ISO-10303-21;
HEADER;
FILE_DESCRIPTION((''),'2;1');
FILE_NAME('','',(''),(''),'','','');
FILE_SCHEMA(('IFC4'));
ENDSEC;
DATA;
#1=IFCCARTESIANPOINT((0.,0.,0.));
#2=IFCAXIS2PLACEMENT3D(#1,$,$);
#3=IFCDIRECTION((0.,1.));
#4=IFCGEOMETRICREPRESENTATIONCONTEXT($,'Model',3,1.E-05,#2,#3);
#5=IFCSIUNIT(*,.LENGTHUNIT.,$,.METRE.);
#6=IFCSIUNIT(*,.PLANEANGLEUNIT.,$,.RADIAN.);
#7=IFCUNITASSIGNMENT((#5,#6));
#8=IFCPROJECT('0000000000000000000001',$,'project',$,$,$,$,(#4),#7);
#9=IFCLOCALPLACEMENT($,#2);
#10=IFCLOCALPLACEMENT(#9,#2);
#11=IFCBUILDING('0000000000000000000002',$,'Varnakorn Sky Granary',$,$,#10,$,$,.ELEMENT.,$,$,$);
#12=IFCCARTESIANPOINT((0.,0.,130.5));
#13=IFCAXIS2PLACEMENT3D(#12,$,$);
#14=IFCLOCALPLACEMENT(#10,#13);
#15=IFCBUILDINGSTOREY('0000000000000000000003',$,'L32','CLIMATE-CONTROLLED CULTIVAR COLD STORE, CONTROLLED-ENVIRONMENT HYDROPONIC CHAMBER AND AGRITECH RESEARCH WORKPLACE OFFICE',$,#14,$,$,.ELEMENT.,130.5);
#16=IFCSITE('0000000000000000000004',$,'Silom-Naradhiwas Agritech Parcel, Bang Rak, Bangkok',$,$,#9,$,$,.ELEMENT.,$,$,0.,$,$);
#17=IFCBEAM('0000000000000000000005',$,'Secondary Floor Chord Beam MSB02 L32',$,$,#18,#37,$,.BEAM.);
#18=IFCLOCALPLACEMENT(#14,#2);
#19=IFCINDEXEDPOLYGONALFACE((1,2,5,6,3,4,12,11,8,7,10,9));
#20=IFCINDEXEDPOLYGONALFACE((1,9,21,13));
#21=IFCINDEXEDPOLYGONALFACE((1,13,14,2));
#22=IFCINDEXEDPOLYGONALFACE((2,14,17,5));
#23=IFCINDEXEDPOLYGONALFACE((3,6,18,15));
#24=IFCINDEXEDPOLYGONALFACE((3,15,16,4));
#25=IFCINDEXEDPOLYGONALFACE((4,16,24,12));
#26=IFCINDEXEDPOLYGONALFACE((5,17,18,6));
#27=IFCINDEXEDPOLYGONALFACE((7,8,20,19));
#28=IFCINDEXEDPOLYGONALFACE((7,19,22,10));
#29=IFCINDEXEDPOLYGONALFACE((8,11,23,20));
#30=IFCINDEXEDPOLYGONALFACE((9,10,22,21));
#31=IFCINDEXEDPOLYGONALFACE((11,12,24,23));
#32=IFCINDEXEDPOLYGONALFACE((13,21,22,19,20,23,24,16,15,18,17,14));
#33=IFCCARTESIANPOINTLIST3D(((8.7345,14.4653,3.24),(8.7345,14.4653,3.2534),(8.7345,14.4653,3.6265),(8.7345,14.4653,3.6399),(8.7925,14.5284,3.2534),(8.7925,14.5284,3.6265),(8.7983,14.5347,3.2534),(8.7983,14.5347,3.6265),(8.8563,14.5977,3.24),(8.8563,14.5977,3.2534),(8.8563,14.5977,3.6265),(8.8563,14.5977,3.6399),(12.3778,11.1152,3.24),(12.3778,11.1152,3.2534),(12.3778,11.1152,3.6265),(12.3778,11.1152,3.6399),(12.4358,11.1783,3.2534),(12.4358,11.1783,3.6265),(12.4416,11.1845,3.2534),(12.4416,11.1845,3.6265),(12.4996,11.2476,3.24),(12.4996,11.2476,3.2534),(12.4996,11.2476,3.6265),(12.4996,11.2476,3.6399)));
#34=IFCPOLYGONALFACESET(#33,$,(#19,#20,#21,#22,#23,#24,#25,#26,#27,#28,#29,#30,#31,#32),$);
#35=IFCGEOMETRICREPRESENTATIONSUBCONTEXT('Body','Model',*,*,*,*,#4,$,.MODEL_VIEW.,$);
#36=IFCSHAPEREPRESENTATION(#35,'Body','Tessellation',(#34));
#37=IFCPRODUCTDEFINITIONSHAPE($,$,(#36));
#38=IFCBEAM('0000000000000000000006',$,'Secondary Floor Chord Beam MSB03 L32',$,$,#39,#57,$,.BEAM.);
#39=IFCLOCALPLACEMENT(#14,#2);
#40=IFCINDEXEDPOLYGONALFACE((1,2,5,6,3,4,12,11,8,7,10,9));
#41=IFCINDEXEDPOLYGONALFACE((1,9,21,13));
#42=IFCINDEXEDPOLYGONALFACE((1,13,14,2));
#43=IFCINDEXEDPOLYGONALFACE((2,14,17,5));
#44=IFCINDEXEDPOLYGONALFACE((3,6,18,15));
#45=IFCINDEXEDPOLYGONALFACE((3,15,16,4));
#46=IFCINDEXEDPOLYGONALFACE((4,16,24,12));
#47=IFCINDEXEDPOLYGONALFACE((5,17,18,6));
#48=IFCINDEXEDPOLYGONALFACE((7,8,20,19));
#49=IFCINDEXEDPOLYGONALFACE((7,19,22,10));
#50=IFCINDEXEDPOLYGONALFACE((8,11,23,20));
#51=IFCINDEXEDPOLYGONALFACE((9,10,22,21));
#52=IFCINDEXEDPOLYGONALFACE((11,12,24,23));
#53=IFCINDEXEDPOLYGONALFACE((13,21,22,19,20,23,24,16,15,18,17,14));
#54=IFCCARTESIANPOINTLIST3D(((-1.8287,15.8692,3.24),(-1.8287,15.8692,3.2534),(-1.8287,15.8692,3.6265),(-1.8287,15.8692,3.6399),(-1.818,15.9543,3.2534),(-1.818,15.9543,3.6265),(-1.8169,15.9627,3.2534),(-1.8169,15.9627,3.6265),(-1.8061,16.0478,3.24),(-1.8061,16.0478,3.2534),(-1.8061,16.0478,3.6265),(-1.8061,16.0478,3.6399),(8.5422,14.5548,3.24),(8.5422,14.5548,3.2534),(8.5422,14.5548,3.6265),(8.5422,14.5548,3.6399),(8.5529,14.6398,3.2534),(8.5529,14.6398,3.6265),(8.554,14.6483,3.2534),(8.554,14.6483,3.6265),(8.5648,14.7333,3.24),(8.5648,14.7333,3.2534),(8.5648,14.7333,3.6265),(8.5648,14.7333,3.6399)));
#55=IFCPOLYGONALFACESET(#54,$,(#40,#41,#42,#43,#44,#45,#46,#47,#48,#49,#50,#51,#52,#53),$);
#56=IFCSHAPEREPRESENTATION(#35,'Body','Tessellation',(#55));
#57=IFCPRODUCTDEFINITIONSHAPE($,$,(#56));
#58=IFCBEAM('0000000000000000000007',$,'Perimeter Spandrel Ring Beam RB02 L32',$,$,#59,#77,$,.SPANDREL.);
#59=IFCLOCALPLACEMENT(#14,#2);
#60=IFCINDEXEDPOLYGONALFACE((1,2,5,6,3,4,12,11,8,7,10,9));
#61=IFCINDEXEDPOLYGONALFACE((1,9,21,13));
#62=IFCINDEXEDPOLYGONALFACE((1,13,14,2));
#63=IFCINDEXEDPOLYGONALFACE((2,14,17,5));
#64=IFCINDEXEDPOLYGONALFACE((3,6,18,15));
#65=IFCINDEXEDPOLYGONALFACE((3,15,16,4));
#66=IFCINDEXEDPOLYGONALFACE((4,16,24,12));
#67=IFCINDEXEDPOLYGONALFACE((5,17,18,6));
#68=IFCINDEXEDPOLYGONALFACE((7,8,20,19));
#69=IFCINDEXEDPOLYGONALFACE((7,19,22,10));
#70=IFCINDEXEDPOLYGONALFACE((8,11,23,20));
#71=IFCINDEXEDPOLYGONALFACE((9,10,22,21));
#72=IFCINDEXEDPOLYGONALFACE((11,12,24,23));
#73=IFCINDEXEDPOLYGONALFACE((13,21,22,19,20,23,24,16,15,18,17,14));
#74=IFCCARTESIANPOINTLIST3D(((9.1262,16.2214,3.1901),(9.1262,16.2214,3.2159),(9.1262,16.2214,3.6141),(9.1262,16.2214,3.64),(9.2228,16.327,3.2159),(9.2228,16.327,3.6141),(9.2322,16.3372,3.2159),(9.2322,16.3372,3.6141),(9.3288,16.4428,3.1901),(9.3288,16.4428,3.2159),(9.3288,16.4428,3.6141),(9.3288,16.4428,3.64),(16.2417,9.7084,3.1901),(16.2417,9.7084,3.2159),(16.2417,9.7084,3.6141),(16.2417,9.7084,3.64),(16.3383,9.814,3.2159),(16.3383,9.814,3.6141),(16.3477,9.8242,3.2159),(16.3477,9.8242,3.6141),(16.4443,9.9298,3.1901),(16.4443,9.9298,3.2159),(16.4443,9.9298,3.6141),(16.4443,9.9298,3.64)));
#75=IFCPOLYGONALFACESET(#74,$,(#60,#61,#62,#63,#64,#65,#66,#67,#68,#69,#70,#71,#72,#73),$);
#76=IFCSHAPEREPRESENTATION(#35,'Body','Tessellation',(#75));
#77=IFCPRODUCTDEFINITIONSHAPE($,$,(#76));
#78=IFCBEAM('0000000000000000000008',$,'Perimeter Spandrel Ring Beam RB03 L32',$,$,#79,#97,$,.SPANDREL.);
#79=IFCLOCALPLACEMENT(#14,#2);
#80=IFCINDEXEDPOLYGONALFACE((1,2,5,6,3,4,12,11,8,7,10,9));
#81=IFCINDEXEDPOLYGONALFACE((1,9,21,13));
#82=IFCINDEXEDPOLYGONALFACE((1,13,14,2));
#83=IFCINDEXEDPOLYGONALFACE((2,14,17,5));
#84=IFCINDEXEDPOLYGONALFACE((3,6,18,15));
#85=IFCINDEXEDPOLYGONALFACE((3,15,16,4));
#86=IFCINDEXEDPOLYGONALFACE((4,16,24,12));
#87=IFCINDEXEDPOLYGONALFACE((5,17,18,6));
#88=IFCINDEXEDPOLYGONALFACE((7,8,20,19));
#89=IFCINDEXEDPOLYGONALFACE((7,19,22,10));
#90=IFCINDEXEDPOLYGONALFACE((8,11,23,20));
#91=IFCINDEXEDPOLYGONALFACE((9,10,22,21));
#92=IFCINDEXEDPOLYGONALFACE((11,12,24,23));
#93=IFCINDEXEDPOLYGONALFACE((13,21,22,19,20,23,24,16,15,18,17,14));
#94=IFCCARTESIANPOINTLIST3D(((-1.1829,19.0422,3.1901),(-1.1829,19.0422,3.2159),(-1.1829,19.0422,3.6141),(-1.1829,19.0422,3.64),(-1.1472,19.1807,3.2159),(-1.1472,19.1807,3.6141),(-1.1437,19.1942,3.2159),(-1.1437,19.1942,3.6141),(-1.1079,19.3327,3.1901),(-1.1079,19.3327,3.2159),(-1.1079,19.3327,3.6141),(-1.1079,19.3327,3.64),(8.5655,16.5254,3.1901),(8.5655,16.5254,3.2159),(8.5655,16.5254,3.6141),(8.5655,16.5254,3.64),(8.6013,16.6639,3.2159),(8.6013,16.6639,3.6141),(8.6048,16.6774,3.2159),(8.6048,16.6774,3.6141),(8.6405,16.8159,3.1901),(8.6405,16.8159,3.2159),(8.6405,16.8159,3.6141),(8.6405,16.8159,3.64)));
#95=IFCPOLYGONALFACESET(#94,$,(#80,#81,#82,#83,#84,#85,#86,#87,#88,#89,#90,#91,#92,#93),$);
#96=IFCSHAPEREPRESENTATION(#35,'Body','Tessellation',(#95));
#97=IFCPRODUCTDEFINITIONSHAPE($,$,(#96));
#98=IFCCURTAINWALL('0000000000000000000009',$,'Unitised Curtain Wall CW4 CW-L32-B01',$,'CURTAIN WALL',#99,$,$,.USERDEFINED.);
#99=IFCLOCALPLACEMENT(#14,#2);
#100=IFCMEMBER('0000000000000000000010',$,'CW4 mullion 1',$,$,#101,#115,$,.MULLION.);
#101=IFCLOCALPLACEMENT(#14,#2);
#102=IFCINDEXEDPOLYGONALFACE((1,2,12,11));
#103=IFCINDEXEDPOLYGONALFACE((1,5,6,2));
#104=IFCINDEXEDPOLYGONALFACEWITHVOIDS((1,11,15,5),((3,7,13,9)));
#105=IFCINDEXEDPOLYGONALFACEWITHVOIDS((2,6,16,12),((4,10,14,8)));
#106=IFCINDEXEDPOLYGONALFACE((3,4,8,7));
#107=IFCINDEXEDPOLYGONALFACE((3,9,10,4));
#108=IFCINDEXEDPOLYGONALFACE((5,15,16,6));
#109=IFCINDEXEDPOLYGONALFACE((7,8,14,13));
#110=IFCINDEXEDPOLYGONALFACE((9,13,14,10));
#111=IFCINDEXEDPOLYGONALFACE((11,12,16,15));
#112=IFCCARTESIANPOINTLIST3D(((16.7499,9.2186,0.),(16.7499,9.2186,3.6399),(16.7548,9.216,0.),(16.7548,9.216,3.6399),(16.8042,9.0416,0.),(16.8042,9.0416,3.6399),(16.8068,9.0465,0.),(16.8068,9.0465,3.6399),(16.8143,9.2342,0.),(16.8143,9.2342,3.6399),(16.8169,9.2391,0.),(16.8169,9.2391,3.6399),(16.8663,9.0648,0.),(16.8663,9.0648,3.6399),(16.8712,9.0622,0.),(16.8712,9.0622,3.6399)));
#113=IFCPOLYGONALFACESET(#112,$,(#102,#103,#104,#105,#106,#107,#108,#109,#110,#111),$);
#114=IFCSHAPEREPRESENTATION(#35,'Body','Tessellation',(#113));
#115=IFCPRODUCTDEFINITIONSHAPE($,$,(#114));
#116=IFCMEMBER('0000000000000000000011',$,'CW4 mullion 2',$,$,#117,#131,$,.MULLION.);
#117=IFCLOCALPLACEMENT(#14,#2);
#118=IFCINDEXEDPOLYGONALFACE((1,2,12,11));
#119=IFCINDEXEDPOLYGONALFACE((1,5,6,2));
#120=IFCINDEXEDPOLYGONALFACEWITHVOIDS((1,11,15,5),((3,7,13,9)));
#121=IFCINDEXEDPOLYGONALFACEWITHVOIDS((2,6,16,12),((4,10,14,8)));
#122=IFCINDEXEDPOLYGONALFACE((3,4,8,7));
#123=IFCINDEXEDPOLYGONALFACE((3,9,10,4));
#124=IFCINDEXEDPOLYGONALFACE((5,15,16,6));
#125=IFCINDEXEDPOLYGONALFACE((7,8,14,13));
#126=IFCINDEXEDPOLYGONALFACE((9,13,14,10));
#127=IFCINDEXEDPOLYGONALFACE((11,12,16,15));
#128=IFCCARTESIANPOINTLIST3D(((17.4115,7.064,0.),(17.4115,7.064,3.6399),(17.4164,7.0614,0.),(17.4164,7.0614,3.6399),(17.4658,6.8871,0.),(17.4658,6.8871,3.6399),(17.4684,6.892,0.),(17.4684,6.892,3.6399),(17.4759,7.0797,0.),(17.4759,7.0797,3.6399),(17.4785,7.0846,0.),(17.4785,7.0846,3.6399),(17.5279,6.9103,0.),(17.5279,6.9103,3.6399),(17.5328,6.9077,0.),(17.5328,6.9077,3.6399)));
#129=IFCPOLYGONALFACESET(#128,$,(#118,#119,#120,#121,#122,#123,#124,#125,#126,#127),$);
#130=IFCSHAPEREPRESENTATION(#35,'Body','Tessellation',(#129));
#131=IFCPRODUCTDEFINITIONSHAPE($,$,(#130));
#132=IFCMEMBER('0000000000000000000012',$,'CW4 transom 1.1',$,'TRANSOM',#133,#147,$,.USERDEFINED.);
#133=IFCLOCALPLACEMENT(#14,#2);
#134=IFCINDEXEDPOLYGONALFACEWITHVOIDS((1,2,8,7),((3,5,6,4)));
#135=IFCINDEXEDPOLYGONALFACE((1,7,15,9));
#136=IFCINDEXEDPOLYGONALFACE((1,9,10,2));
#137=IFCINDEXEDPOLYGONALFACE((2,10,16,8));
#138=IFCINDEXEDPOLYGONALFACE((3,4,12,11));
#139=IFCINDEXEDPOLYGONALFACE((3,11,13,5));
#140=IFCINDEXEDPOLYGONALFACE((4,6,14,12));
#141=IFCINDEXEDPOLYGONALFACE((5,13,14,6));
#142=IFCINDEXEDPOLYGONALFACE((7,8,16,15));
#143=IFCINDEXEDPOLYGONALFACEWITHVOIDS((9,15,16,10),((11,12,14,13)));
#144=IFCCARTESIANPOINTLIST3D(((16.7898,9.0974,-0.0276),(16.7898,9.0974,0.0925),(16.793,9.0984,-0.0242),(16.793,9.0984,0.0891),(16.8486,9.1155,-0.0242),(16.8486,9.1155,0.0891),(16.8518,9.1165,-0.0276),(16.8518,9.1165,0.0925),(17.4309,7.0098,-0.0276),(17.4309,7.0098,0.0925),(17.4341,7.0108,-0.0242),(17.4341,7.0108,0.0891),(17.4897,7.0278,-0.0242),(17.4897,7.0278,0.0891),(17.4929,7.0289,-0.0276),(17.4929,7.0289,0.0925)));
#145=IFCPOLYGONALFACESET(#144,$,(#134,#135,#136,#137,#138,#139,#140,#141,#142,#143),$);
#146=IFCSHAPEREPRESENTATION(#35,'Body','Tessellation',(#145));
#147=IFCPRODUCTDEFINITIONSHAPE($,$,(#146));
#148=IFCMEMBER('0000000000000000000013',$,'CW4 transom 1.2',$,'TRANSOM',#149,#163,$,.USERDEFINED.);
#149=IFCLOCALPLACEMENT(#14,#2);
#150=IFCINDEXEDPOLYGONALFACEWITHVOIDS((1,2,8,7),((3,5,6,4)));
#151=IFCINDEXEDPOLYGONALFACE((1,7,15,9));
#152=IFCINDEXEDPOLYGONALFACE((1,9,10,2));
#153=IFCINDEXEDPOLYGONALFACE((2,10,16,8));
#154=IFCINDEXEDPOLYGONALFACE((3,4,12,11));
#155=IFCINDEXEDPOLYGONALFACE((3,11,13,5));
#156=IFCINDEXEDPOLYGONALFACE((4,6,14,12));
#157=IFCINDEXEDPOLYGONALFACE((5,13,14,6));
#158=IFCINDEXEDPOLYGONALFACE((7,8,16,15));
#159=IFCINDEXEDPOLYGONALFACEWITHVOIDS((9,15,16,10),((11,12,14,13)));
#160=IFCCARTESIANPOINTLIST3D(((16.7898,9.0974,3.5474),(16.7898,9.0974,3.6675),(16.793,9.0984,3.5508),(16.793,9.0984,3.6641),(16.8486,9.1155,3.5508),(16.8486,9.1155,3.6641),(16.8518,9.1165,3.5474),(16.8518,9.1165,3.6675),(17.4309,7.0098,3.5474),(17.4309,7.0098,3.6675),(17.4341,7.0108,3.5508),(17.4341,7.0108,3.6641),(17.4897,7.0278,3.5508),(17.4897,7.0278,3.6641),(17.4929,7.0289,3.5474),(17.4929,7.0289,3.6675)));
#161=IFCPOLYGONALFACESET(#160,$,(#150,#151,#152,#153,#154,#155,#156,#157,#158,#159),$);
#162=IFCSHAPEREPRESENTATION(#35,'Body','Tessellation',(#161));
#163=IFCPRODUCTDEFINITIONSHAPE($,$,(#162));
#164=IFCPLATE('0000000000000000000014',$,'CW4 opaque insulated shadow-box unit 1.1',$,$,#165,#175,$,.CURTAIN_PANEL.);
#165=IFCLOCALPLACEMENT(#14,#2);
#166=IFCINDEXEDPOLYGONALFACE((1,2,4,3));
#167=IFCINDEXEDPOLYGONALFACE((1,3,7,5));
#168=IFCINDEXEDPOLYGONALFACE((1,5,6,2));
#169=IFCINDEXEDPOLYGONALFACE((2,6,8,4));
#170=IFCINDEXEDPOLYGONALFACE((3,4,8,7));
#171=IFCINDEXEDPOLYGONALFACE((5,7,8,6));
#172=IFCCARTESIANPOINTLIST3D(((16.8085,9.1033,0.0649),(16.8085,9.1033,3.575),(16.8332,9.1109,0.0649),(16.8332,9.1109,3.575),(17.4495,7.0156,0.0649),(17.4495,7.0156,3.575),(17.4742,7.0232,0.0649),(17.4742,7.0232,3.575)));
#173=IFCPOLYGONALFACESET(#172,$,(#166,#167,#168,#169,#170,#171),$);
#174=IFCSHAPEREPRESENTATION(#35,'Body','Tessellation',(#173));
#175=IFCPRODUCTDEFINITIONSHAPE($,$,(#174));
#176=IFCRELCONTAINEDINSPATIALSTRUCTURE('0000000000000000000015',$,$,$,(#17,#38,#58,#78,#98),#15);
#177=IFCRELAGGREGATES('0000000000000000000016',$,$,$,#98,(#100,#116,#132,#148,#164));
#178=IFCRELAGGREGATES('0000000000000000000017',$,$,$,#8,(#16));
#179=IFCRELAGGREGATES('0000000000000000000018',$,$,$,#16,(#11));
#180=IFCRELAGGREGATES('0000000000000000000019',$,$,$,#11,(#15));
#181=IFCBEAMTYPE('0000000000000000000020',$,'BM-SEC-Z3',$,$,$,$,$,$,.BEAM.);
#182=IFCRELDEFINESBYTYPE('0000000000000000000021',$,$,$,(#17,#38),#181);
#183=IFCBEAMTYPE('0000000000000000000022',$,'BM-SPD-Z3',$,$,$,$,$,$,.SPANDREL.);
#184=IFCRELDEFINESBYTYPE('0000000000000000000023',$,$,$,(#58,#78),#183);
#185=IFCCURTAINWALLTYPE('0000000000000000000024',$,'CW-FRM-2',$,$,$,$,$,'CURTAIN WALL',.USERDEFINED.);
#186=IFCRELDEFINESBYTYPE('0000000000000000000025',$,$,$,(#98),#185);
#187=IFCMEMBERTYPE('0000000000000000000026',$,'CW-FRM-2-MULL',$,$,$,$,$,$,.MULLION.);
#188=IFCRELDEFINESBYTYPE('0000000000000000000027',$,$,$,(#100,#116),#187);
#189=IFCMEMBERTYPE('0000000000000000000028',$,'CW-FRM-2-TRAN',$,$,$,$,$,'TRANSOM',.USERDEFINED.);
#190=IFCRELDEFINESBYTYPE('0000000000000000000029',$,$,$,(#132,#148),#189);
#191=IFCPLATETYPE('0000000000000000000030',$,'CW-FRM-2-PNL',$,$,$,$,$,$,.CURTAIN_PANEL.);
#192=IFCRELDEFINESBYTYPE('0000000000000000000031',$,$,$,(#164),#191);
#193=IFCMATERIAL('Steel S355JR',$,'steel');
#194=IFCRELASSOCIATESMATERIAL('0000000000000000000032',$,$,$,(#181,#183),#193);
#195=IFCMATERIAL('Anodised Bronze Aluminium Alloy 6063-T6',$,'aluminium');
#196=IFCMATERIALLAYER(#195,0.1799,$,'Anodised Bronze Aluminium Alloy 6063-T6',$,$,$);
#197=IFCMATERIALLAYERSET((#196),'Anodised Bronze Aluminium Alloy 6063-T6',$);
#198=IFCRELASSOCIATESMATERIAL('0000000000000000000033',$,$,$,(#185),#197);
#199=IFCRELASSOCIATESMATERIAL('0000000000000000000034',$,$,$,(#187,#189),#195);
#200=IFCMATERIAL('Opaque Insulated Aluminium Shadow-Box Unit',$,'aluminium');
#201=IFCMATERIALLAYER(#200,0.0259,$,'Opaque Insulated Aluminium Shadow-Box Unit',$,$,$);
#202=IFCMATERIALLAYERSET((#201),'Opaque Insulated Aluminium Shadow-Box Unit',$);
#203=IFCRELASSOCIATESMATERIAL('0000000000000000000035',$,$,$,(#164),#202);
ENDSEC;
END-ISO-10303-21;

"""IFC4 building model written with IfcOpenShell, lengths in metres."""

from ifc_helpers import new_model, si_unit, direction, frame, origin, origin_2d, place, context, subcontext, project, spatial, rectangle, hollow_rectangle, i_section, extrude, source, transform, mapped, material, layer, layer_set, material_profile, profile_set, type_object, type_shapes, element, aggregate, save


model = new_model("IFC4")

# Units and contexts
model_context = context("Model", 3, precision=1e-05, world=origin(), true_north=direction((0.0, 1.0)))
body_context = subcontext(model_context, "Body", "Model", "MODEL_VIEW")
ifc_project = project(units=[si_unit("LENGTHUNIT", "METRE"), si_unit("PLANEANGLEUNIT", "RADIAN")], contexts=[model_context])

# Site, building, storey
site_placement = place(None, origin())
site = spatial("IfcSite", under=ifc_project, at=site_placement, Name="Silom-Naradhiwas Agritech Parcel, Bang Rak, Bangkok", CompositionType="ELEMENT", RefElevation=0.0)
building_placement = place(site_placement, origin())
building = spatial("IfcBuilding", under=site, at=building_placement, Name="Varnakorn Sky Granary", CompositionType="ELEMENT")
storey_placement = place(building_placement, frame((0.0, 0.0, 130.5)))
storey = spatial("IfcBuildingStorey", under=building, at=storey_placement, Name="L32", Description="CLIMATE-CONTROLLED CULTIVAR COLD STORE, CONTROLLED-ENVIRONMENT HYDROPONIC CHAMBER AND AGRITECH RESEARCH WORKPLACE OFFICE", CompositionType="ELEMENT", Elevation=130.5)

# Beams
ifc_material_1 = material(Name="Steel S355JR", Category="steel")
ifc_material_profile_1 = material_profile(ifc_material_1, i_section(OverallWidth=0.1799, OverallDepth=0.3999, WebThickness=0.0085, FlangeThickness=0.0134, at=origin_2d()), Name="IPE 400")
ifc_profile_set_1 = profile_set([ifc_material_profile_1], Name="Steel S355JR")
beam_type_1 = type_object("IfcBeamType", Name="BM-SEC-Z3", PredefinedType="BEAM", material=ifc_profile_set_1)
beam_1_placement = place(storey_placement, frame((12.4387, 11.1814, 3.4399), z_axis=(-0.736107, 0.676865, 0.0), x_axis=(-0.676865, -0.736107, 0.0)))
element("IfcBeam", 1, at=beam_1_placement, inside=storey, type_object=beam_type_1, Name="Secondary Floor Chord Beam MSB02 L32", PredefinedType="BEAM", context=body_context, shape_type="SweptSolid", body=[
    extrude(i_section(OverallWidth=0.1799, OverallDepth=0.3999, WebThickness=0.0085, FlangeThickness=0.0134, at=origin_2d()), origin(), (0.0, 0.0, 1.0), 4.9495),
])
beam_2_placement = place(storey_placement, frame((8.5535, 14.644, 3.4399), z_axis=(-0.992063, 0.125739, 0.0), x_axis=(-0.125739, -0.992063, 0.0)))
element("IfcBeam", 2, at=beam_2_placement, inside=storey, type_object=beam_type_1, Name="Secondary Floor Chord Beam MSB03 L32", PredefinedType="BEAM", context=body_context, shape_type="SweptSolid", body=[
    extrude(i_section(OverallWidth=0.1799, OverallDepth=0.3999, WebThickness=0.0085, FlangeThickness=0.0134, at=origin_2d()), origin(), (0.0, 0.0, 1.0), 10.4539),
])
ifc_material_profile_2 = material_profile(ifc_material_1, i_section(OverallWidth=0.3, OverallDepth=0.45, WebThickness=0.0139, FlangeThickness=0.0259, at=origin_2d()), Name="HE 450 B")
ifc_profile_set_2 = profile_set([ifc_material_profile_2], Name="Steel S355JR")
beam_type_2 = type_object("IfcBeamType", Name="BM-SPD-Z3", PredefinedType="SPANDREL", material=ifc_profile_set_2)
beam_3_placement = place(storey_placement, frame((16.343, 9.8191, 3.415), z_axis=(-0.737649, 0.675185, 0.0), x_axis=(-0.675185, -0.737649, 0.0)))
element("IfcBeam", 3, at=beam_3_placement, inside=storey, type_object=beam_type_2, Name="Perimeter Spandrel Ring Beam RB02 L32", PredefinedType="SPANDREL", context=body_context, shape_type="SweptSolid", body=[
    extrude(i_section(OverallWidth=0.3, OverallDepth=0.45, WebThickness=0.0139, FlangeThickness=0.0259, at=origin_2d()), origin(), (0.0, 0.0, 1.0), 9.6462),
])
beam_4_placement = place(storey_placement, frame((8.603, 16.6707, 3.415), z_axis=(-0.968251, 0.24998, 0.0), x_axis=(-0.24998, -0.968251, 0.0)))
element("IfcBeam", 4, at=beam_4_placement, inside=storey, type_object=beam_type_2, Name="Perimeter Spandrel Ring Beam RB03 L32", PredefinedType="SPANDREL", context=body_context, shape_type="SweptSolid", body=[
    extrude(i_section(OverallWidth=0.3, OverallDepth=0.45, WebThickness=0.0139, FlangeThickness=0.0259, at=origin_2d()), origin(), (0.0, 0.0, 1.0), 10.0681),
])

# Curtain wall, members, plate
ifc_material_2 = material(Name="Anodised Bronze Aluminium Alloy 6063-T6", Category="aluminium")
ifc_layer_1 = layer(ifc_material_2, 0.1799, Name="Anodised Bronze Aluminium Alloy 6063-T6")
ifc_layer_set_1 = layer_set([ifc_layer_1], Name="Anodised Bronze Aluminium Alloy 6063-T6")
curtain_wall_type = type_object("IfcCurtainWallType", Name="CW-FRM-2", ElementType="CURTAIN WALL", PredefinedType="USERDEFINED", material=ifc_layer_set_1)
curtain_wall_placement = place(storey_placement, origin())
curtain_wall = element("IfcCurtainWall", 5, at=curtain_wall_placement, inside=storey, type_object=curtain_wall_type, Name="Unitised Curtain Wall CW4 CW-L32-B01", ObjectType="CURTAIN WALL", PredefinedType="USERDEFINED")
ifc_material_profile_3 = material_profile(ifc_material_2, hollow_rectangle(XDim=0.0701, YDim=0.1851, WallThickness=0.0039, at=origin_2d()), Name="ALU MULL 70x185")
ifc_profile_set_3 = profile_set([ifc_material_profile_3], Name="Anodised Bronze Aluminium Alloy 6063-T6")
member_type_1 = type_object("IfcMemberType", Name="CW-FRM-2-MULL", PredefinedType="MULLION", material=ifc_profile_set_3)
member_1_placement = place(storey_placement, frame((16.8105, 9.1404, 0.0), z_axis=(0.0, 0.0, 1.0), x_axis=(0.955954, 0.293516, 0.0)))
member_1 = element("IfcMember", 6, at=member_1_placement, type_object=member_type_1, Name="CW4 mullion 1", PredefinedType="MULLION", context=body_context, shape_type="SweptSolid", body=[
    extrude(hollow_rectangle(XDim=0.0701, YDim=0.1851, WallThickness=0.0039, at=origin_2d()), origin(), (0.0, 0.0, 1.0), 3.6399),
])
member_2_placement = place(storey_placement, frame((17.4722, 6.9858, 0.0), z_axis=(0.0, 0.0, 1.0), x_axis=(0.955954, 0.293516, 0.0)))
member_2 = element("IfcMember", 7, at=member_2_placement, type_object=member_type_1, Name="CW4 mullion 2", PredefinedType="MULLION", context=body_context, shape_type="SweptSolid", body=[
    extrude(hollow_rectangle(XDim=0.0701, YDim=0.1851, WallThickness=0.0039, at=origin_2d()), origin(), (0.0, 0.0, 1.0), 3.6399),
])
ifc_material_profile_4 = material_profile(ifc_material_2, hollow_rectangle(XDim=0.0649, YDim=0.1201, WallThickness=0.0034, at=origin_2d()), Name="ALU TRAN 65x120")
ifc_profile_set_4 = profile_set([ifc_material_profile_4], Name="Anodised Bronze Aluminium Alloy 6063-T6")
member_type_2 = type_object("IfcMemberType", Name="CW-FRM-2-TRAN", ElementType="TRANSOM", PredefinedType="USERDEFINED", material=ifc_profile_set_4)
member_3_placement = place(storey_placement, frame((16.8208, 9.1069, 0.0325), z_axis=(0.293567, -0.955938, 0.0), x_axis=(0.955938, 0.293567, 0.0)))
member_3 = element("IfcMember", 8, at=member_3_placement, type_object=member_type_2, Name="CW4 transom 1.1", ObjectType="TRANSOM", PredefinedType="USERDEFINED", context=body_context, shape_type="SweptSolid", body=[
    extrude(hollow_rectangle(XDim=0.0649, YDim=0.1201, WallThickness=0.0034, at=origin_2d()), origin(), (0.0, 0.0, 1.0), 2.1838),
])
member_4_placement = place(storey_placement, frame((16.8208, 9.1069, 3.6074), z_axis=(0.293567, -0.955938, 0.0), x_axis=(0.955938, 0.293567, 0.0)))
member_4 = element("IfcMember", 9, at=member_4_placement, type_object=member_type_2, Name="CW4 transom 1.2", ObjectType="TRANSOM", PredefinedType="USERDEFINED", context=body_context, shape_type="SweptSolid", body=[
    extrude(hollow_rectangle(XDim=0.0649, YDim=0.1201, WallThickness=0.0034, at=origin_2d()), origin(), (0.0, 0.0, 1.0), 2.1838),
])
ifc_material_3 = material(Name="Opaque Insulated Aluminium Shadow-Box Unit", Category="aluminium")
ifc_layer_2 = layer(ifc_material_3, 0.0259, Name="Opaque Insulated Aluminium Shadow-Box Unit")
ifc_layer_set_2 = layer_set([ifc_layer_2], Name="Opaque Insulated Aluminium Shadow-Box Unit")
plate_type = type_object("IfcPlateType", Name="CW-FRM-2-PNL", PredefinedType="CURTAIN_PANEL")
shared_shape_1 = source(origin(), body_context, "Body", "SweptSolid", [
    extrude(rectangle(XDim=2.1838, YDim=0.0259, at=origin_2d()), origin(), (0.0, 0.0, 1.0), 3.51),
])
type_shapes(plate_type, [shared_shape_1])
plate_placement = place(storey_placement, frame((17.1414, 8.0632, 0.0649), z_axis=(0.0, 0.0, 1.0), x_axis=(0.293516, -0.955954, 0.0)))
plate = element("IfcPlate", 10, at=plate_placement, type_object=plate_type, material=ifc_layer_set_2, Name="CW4 opaque insulated shadow-box unit 1.1", PredefinedType="CURTAIN_PANEL", context=body_context, shape_type="MappedRepresentation", body=[
    mapped(shared_shape_1, transform((0.0, 0.0, 0.0), x_axis=(1.0, 0.0, 0.0), y_axis=(0.0, 1.0, 0.0), z_axis=(0.0, 0.0, 1.0), scale=1.0)),
])
aggregate(curtain_wall, [member_1, member_2, member_3, member_4, plate])

save(model, "model.ifc")
